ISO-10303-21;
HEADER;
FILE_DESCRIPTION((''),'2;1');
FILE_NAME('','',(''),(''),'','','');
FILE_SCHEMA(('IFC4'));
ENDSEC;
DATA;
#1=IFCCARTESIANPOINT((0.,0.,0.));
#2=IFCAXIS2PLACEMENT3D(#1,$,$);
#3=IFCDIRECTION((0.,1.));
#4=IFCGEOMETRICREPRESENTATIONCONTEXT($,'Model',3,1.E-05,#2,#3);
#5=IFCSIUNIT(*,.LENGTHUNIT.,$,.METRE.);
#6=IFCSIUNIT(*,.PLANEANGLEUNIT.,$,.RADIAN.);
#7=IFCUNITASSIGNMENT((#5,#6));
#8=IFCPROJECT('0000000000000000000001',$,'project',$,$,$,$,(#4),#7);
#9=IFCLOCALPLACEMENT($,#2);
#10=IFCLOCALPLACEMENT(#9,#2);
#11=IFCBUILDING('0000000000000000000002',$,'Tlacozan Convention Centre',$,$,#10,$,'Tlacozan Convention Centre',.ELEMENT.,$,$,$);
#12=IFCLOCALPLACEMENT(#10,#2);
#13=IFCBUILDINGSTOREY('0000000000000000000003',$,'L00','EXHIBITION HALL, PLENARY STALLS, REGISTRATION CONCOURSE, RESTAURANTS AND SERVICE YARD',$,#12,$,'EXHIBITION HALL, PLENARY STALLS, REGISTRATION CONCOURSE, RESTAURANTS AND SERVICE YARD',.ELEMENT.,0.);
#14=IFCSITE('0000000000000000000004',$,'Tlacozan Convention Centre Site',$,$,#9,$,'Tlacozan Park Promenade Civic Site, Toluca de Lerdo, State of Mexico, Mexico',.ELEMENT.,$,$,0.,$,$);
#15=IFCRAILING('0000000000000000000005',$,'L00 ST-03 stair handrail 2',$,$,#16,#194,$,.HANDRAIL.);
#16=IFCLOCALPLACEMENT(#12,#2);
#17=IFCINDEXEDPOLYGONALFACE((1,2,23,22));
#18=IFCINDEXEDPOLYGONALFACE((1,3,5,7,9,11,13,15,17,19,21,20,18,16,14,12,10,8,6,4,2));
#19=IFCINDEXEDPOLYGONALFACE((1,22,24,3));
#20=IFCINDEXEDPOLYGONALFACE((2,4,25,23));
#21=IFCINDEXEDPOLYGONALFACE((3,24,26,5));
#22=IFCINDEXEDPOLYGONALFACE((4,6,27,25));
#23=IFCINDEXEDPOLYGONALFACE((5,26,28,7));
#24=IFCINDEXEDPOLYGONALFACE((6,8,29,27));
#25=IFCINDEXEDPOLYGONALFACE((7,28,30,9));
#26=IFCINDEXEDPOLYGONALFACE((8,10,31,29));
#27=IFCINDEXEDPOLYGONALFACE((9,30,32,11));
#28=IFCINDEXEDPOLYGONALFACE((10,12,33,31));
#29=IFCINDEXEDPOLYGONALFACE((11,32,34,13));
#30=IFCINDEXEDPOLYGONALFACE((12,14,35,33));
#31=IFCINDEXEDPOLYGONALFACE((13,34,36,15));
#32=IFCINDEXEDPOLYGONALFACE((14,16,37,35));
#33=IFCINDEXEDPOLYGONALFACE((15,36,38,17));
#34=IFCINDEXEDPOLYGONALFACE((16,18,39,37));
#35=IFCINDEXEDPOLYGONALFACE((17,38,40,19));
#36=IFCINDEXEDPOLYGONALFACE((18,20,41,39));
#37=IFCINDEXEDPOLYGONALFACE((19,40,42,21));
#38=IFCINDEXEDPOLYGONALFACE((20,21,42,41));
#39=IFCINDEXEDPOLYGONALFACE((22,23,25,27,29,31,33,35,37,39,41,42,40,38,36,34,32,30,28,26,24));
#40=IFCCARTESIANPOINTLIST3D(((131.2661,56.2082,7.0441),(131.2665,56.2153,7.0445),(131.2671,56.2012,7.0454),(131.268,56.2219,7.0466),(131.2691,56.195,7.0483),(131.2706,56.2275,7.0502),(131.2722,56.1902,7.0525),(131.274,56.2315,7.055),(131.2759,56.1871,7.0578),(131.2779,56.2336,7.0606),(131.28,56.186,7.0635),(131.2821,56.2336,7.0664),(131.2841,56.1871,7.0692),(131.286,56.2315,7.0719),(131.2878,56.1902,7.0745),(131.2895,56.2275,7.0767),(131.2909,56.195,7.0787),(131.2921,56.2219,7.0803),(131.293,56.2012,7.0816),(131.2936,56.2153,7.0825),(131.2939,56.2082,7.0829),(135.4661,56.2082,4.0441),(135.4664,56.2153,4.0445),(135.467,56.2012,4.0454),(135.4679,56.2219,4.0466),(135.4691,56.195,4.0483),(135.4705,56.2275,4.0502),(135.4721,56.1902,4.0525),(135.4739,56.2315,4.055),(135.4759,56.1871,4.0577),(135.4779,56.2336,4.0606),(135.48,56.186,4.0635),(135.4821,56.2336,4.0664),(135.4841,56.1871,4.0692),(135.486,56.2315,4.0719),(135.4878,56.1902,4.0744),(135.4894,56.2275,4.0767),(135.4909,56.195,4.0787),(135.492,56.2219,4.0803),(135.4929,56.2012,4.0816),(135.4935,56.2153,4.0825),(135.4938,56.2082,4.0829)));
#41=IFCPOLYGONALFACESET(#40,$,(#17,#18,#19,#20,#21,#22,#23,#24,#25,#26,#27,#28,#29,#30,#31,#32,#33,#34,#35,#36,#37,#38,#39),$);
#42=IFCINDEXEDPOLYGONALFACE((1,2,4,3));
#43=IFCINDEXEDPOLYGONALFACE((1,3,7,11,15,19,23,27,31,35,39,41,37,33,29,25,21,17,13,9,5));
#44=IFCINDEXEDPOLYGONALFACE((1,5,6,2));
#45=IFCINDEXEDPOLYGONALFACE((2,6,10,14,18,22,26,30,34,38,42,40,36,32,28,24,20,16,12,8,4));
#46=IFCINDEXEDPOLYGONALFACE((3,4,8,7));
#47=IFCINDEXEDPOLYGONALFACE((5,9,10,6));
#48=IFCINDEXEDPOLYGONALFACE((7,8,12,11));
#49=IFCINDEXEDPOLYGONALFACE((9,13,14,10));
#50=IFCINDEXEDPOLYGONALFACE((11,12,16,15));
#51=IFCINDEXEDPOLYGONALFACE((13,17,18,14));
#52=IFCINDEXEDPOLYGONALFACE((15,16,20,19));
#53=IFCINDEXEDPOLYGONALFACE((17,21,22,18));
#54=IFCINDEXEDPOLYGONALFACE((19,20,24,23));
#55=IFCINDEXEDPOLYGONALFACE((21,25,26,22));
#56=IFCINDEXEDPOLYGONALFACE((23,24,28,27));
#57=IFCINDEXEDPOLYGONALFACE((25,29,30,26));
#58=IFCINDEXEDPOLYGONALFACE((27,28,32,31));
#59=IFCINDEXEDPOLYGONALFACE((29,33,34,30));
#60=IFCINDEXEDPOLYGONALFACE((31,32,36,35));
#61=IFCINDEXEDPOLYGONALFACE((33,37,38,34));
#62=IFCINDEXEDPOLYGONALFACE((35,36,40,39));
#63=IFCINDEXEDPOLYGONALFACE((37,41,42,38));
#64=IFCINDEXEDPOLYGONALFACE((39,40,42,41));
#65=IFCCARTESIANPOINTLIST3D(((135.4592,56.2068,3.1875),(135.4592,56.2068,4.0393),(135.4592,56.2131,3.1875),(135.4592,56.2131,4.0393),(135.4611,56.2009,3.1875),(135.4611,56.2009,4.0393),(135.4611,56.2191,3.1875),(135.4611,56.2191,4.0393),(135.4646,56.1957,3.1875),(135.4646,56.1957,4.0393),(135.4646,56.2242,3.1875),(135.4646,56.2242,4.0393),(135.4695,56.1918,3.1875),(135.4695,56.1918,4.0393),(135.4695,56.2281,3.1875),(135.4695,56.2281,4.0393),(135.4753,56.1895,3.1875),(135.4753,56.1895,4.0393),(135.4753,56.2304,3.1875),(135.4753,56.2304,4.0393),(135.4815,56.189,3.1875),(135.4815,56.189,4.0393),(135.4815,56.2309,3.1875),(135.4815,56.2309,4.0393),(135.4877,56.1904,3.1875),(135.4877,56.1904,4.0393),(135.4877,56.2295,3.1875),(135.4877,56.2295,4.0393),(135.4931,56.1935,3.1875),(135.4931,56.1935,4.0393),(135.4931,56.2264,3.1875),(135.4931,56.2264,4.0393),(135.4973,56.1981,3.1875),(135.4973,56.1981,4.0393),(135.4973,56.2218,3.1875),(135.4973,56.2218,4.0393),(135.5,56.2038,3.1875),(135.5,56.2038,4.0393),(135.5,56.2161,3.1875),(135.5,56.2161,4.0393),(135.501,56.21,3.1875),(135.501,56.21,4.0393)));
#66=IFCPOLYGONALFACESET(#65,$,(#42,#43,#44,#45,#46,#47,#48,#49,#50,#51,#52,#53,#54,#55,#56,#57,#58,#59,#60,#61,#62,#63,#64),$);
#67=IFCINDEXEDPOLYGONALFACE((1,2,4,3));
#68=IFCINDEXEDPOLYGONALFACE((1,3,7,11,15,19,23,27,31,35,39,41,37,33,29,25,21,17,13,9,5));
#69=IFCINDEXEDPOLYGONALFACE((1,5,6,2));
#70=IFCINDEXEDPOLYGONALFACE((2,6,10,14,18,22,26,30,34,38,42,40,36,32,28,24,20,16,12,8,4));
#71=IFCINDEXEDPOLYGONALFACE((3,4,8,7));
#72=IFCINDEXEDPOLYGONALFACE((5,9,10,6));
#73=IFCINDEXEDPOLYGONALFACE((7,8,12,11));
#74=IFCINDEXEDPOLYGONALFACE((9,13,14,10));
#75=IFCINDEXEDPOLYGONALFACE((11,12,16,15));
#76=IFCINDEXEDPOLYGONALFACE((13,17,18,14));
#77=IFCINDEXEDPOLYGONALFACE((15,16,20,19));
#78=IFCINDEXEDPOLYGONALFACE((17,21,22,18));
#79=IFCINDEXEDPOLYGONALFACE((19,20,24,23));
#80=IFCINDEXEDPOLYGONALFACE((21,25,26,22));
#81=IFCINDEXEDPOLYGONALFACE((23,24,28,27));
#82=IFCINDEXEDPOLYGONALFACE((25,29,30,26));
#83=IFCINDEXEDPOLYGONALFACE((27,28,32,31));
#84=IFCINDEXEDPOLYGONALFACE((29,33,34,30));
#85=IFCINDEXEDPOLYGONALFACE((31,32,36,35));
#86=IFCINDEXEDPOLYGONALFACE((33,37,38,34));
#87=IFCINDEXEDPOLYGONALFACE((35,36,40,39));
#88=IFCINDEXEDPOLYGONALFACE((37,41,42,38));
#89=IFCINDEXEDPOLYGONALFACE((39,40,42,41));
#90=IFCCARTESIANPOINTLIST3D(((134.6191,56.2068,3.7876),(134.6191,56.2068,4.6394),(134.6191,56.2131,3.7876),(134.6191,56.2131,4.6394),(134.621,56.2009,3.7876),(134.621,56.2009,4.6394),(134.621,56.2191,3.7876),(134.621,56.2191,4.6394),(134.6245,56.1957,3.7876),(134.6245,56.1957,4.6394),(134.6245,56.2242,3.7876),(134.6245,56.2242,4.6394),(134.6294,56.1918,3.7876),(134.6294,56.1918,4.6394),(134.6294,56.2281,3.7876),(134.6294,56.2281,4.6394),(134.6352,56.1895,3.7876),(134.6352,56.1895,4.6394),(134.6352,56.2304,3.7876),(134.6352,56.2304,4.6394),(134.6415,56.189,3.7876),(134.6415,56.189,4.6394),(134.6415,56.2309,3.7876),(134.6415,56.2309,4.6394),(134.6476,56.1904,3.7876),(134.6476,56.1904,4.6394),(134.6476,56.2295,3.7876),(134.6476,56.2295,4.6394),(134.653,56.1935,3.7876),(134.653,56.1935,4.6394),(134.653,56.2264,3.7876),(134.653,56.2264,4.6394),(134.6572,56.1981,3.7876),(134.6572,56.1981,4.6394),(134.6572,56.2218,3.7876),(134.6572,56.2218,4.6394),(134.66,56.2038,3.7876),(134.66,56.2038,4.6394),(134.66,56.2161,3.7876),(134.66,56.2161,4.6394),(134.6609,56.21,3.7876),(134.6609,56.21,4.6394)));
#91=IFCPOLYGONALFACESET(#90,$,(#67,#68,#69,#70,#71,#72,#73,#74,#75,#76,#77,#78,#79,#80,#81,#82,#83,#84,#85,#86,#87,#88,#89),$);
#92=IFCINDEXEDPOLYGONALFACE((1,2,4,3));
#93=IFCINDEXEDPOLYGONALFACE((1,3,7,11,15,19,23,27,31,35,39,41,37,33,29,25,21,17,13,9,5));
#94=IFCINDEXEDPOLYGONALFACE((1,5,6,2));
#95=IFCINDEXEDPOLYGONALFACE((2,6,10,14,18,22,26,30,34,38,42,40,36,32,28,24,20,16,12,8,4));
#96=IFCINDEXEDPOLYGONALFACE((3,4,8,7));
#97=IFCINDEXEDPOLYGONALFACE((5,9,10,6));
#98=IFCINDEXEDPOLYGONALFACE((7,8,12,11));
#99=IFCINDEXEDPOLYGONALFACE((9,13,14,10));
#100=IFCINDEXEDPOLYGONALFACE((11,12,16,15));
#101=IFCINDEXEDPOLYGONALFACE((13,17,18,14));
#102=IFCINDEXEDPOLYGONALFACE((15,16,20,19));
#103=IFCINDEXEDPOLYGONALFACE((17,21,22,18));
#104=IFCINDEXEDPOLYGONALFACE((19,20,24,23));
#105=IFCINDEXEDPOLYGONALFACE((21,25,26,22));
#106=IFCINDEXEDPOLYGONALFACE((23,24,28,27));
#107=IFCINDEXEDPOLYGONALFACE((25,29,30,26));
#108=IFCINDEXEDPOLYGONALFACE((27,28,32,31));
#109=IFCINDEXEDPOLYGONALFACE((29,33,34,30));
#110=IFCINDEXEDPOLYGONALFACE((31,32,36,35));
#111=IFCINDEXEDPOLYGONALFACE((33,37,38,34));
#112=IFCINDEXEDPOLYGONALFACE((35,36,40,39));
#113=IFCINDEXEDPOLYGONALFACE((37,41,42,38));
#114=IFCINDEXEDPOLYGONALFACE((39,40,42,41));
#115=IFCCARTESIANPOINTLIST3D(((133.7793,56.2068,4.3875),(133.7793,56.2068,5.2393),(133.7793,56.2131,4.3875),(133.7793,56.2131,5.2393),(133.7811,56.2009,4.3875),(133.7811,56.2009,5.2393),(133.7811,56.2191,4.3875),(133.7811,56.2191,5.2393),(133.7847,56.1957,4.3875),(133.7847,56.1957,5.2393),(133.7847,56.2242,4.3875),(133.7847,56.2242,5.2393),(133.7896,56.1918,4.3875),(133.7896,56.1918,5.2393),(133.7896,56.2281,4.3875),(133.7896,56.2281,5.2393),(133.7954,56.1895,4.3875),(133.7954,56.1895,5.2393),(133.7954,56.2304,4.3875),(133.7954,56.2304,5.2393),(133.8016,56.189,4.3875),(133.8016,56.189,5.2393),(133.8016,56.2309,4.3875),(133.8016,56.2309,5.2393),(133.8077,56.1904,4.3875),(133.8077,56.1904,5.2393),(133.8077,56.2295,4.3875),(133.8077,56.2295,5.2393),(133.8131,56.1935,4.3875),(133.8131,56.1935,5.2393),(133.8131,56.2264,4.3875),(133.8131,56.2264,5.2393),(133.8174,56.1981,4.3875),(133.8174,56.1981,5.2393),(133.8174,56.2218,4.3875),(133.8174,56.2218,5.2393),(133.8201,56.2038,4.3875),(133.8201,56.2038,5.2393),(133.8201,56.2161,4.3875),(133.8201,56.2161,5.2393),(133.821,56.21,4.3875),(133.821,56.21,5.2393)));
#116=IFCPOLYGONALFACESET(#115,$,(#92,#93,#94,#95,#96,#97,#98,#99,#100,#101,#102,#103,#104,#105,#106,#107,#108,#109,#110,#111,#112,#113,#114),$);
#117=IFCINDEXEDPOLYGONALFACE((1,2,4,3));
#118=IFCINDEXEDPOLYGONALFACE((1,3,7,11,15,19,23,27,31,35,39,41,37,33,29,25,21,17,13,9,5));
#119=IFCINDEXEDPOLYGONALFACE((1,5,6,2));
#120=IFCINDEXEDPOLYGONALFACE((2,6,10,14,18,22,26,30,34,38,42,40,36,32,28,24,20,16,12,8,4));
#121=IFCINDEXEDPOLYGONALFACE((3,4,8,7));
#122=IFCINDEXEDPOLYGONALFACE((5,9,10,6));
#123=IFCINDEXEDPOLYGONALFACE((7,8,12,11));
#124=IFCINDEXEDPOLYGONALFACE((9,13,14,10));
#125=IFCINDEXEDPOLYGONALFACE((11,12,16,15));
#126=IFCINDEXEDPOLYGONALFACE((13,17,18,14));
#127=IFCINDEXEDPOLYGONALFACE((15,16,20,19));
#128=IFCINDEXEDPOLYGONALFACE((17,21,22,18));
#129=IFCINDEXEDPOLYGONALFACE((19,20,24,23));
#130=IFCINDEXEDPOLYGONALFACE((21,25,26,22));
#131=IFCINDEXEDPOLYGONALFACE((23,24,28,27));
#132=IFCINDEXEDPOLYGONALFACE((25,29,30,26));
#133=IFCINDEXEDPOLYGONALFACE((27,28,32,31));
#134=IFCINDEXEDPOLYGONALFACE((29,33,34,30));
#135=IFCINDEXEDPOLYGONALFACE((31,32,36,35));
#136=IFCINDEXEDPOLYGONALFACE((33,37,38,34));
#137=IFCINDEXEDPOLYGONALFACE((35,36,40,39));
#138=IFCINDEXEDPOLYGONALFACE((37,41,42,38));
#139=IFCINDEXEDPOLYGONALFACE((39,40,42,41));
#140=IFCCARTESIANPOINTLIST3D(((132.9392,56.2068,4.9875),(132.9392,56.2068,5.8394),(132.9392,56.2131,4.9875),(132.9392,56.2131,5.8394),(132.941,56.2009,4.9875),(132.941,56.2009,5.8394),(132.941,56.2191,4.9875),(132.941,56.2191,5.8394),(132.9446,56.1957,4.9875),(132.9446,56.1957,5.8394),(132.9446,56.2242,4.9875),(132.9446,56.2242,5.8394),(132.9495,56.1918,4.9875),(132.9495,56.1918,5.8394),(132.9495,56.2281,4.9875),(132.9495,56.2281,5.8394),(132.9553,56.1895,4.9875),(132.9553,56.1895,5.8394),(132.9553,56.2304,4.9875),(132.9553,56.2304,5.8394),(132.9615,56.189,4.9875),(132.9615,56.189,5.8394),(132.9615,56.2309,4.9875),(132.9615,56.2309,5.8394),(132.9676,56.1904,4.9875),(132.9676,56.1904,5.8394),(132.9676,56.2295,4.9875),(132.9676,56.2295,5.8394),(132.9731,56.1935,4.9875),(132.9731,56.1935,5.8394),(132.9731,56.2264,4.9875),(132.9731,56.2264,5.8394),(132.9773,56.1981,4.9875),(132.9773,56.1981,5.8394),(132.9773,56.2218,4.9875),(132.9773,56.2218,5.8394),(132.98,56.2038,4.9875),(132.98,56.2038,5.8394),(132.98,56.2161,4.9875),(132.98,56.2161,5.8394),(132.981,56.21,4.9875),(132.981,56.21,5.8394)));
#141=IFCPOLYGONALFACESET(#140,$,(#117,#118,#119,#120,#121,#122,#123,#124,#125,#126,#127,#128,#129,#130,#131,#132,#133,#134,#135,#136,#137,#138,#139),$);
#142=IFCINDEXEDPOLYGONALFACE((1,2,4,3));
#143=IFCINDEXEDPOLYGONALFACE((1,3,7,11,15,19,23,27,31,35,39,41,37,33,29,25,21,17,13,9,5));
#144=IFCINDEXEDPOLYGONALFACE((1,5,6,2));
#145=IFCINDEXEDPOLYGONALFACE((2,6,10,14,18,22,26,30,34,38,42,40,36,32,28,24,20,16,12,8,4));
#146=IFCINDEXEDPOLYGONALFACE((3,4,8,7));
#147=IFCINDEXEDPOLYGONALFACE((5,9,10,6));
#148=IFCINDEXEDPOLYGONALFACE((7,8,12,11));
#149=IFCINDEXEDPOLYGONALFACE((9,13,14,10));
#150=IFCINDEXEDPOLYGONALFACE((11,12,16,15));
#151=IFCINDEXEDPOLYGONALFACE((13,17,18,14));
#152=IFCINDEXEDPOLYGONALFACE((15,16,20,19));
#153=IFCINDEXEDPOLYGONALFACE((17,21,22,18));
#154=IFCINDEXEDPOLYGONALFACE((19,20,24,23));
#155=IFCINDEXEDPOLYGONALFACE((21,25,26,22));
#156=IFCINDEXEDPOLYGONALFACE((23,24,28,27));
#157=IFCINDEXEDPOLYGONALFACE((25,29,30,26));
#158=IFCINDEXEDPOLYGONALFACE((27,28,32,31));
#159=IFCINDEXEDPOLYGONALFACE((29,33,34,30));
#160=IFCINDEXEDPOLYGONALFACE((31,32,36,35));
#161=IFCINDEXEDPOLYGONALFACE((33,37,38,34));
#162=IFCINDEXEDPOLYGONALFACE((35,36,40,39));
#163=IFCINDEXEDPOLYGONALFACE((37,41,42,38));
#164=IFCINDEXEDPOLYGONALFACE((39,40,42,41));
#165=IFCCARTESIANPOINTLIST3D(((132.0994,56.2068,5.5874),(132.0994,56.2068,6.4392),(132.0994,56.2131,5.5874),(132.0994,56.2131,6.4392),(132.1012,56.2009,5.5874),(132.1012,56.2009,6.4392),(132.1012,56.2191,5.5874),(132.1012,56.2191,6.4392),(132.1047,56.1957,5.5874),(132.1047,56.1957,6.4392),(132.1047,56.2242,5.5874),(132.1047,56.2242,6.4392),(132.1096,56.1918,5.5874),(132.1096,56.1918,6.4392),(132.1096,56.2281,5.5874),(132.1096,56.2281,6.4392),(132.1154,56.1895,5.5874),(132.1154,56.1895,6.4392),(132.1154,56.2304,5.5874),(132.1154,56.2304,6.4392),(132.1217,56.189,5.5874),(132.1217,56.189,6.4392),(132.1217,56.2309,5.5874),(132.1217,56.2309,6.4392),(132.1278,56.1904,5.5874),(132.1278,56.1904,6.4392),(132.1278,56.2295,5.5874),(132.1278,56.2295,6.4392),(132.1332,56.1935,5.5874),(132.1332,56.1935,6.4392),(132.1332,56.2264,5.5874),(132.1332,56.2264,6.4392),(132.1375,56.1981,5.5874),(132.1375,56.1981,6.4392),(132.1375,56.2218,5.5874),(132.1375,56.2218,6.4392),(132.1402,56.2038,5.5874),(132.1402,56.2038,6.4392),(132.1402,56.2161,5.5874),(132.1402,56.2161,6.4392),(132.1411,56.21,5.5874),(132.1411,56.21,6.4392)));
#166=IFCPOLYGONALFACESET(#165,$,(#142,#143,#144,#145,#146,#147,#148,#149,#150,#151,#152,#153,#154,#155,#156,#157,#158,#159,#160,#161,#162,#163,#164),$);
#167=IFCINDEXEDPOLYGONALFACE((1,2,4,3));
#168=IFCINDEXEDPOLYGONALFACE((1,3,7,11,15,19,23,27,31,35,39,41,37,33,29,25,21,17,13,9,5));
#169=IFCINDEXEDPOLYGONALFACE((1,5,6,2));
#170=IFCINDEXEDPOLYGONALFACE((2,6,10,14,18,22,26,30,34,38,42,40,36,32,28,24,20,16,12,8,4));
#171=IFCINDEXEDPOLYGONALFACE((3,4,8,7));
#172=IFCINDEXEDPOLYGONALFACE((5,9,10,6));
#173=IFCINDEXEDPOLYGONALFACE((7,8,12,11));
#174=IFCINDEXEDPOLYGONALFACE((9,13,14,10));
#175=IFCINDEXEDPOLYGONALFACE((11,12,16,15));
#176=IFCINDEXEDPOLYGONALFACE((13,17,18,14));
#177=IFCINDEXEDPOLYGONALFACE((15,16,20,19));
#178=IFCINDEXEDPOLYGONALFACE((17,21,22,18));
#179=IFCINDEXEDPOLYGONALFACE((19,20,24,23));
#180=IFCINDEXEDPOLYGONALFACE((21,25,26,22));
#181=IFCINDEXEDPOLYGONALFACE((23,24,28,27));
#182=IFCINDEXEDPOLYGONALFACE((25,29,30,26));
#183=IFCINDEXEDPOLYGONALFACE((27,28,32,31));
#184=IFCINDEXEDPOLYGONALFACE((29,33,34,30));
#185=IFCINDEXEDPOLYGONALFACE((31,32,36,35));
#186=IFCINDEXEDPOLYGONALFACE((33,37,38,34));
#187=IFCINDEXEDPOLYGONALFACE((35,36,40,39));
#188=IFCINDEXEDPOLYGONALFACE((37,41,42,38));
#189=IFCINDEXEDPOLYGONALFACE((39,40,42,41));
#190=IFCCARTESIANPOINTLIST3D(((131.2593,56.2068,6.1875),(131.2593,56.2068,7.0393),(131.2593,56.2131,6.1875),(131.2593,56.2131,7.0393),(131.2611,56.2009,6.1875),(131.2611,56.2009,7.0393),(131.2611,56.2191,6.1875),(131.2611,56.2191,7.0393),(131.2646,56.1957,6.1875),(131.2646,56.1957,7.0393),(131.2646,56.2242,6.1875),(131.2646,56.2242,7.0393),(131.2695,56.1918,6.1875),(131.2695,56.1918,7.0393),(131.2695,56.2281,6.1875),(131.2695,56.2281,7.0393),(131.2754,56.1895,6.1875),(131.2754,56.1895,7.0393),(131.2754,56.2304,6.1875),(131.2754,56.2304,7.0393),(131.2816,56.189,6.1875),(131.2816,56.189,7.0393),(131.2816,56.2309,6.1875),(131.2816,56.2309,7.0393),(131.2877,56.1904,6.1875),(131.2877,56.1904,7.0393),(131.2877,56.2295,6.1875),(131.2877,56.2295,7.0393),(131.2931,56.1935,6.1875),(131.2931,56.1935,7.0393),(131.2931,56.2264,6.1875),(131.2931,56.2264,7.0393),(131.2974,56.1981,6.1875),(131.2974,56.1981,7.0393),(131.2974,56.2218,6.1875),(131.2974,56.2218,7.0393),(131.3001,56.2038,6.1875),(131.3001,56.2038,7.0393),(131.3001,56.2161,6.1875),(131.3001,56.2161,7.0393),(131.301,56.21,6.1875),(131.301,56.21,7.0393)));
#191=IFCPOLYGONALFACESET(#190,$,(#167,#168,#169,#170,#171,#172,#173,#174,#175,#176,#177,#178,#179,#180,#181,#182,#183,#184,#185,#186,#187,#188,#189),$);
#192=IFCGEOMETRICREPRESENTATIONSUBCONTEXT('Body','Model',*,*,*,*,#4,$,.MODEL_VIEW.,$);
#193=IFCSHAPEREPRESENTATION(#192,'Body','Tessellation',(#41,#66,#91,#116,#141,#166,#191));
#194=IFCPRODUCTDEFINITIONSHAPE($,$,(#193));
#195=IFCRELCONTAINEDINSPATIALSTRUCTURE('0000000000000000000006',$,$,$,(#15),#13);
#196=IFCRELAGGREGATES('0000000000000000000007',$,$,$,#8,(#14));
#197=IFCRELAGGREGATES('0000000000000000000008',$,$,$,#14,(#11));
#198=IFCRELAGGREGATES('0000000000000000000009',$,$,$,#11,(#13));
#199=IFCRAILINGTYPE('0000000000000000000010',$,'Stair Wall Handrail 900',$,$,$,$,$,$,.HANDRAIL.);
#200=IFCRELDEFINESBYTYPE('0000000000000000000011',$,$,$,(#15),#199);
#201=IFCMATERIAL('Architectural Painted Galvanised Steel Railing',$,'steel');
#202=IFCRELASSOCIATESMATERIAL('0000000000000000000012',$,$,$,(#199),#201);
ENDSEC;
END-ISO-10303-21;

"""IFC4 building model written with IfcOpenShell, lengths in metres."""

from ifc_helpers import new_model, si_unit, direction, frame, origin, origin_2d, place, context, subcontext, project, spatial, circle, extrude, material, type_object, element, save


model = new_model("IFC4")

# Units and contexts
model_context = context("Model", 3, precision=1e-05, world=origin(), true_north=direction((0.0, 1.0)))
body_context = subcontext(model_context, "Body", "Model", "MODEL_VIEW")
ifc_project = project(units=[si_unit("LENGTHUNIT", "METRE"), si_unit("PLANEANGLEUNIT", "RADIAN")], contexts=[model_context])

# Site, building, storey
site_placement = place(None, origin())
site = spatial("IfcSite", under=ifc_project, at=site_placement, Name="Tlacozan Convention Centre Site", LongName="Tlacozan Park Promenade Civic Site, Toluca de Lerdo, State of Mexico, Mexico", CompositionType="ELEMENT", RefElevation=0.0)
building_placement = place(site_placement, origin())
building = spatial("IfcBuilding", under=site, at=building_placement, Name="Tlacozan Convention Centre", LongName="Tlacozan Convention Centre", CompositionType="ELEMENT")
storey_placement = place(building_placement, origin())
storey = spatial("IfcBuildingStorey", under=building, at=storey_placement, Name="L00", Description="EXHIBITION HALL, PLENARY STALLS, REGISTRATION CONCOURSE, RESTAURANTS AND SERVICE YARD", LongName="EXHIBITION HALL, PLENARY STALLS, REGISTRATION CONCOURSE, RESTAURANTS AND SERVICE YARD", CompositionType="ELEMENT", Elevation=0.0)

# Railing
ifc_material_1 = material(Name="Architectural Painted Galvanised Steel Railing", Category="steel")
railing_type_1 = type_object("IfcRailingType", Name="Stair Wall Handrail 900", PredefinedType="HANDRAIL", material=ifc_material_1)
railing_1_placement = place(storey_placement, frame((135.48, 56.21, 3.1875)))
element("IfcRailing", 1, at=railing_1_placement, inside=storey, type_object=railing_type_1, Name="L00 ST-03 stair handrail 2", PredefinedType="HANDRAIL", context=body_context, shape_type="SweptSolid", body=[
    extrude(circle(Radius=0.0239, at=origin_2d()), frame((0.0, 0.0, 0.876), z_axis=(-0.81373, 0.0, 0.581243), x_axis=(0.0, -1.0, 0.0)), (0.0, 0.0, 1.0), 5.1614),
    extrude(circle(Radius=0.021, at=origin_2d()), origin(), (0.0, 0.0, 1.0), 0.8518),
    extrude(circle(Radius=0.021, at=origin_2d()), frame((-0.8401, 0.0, 0.6001)), (0.0, 0.0, 1.0), 0.8518),
    extrude(circle(Radius=0.021, at=origin_2d()), frame((-1.6799, 0.0, 1.2)), (0.0, 0.0, 1.0), 0.8518),
    extrude(circle(Radius=0.021, at=origin_2d()), frame((-2.52, 0.0, 1.8)), (0.0, 0.0, 1.0), 0.8518),
    extrude(circle(Radius=0.021, at=origin_2d()), frame((-3.3599, 0.0, 2.3999)), (0.0, 0.0, 1.0), 0.8518),
    extrude(circle(Radius=0.021, at=origin_2d()), frame((-4.2, 0.0, 3.0)), (0.0, 0.0, 1.0), 0.8518),
])

save(model, "model.ifc")
